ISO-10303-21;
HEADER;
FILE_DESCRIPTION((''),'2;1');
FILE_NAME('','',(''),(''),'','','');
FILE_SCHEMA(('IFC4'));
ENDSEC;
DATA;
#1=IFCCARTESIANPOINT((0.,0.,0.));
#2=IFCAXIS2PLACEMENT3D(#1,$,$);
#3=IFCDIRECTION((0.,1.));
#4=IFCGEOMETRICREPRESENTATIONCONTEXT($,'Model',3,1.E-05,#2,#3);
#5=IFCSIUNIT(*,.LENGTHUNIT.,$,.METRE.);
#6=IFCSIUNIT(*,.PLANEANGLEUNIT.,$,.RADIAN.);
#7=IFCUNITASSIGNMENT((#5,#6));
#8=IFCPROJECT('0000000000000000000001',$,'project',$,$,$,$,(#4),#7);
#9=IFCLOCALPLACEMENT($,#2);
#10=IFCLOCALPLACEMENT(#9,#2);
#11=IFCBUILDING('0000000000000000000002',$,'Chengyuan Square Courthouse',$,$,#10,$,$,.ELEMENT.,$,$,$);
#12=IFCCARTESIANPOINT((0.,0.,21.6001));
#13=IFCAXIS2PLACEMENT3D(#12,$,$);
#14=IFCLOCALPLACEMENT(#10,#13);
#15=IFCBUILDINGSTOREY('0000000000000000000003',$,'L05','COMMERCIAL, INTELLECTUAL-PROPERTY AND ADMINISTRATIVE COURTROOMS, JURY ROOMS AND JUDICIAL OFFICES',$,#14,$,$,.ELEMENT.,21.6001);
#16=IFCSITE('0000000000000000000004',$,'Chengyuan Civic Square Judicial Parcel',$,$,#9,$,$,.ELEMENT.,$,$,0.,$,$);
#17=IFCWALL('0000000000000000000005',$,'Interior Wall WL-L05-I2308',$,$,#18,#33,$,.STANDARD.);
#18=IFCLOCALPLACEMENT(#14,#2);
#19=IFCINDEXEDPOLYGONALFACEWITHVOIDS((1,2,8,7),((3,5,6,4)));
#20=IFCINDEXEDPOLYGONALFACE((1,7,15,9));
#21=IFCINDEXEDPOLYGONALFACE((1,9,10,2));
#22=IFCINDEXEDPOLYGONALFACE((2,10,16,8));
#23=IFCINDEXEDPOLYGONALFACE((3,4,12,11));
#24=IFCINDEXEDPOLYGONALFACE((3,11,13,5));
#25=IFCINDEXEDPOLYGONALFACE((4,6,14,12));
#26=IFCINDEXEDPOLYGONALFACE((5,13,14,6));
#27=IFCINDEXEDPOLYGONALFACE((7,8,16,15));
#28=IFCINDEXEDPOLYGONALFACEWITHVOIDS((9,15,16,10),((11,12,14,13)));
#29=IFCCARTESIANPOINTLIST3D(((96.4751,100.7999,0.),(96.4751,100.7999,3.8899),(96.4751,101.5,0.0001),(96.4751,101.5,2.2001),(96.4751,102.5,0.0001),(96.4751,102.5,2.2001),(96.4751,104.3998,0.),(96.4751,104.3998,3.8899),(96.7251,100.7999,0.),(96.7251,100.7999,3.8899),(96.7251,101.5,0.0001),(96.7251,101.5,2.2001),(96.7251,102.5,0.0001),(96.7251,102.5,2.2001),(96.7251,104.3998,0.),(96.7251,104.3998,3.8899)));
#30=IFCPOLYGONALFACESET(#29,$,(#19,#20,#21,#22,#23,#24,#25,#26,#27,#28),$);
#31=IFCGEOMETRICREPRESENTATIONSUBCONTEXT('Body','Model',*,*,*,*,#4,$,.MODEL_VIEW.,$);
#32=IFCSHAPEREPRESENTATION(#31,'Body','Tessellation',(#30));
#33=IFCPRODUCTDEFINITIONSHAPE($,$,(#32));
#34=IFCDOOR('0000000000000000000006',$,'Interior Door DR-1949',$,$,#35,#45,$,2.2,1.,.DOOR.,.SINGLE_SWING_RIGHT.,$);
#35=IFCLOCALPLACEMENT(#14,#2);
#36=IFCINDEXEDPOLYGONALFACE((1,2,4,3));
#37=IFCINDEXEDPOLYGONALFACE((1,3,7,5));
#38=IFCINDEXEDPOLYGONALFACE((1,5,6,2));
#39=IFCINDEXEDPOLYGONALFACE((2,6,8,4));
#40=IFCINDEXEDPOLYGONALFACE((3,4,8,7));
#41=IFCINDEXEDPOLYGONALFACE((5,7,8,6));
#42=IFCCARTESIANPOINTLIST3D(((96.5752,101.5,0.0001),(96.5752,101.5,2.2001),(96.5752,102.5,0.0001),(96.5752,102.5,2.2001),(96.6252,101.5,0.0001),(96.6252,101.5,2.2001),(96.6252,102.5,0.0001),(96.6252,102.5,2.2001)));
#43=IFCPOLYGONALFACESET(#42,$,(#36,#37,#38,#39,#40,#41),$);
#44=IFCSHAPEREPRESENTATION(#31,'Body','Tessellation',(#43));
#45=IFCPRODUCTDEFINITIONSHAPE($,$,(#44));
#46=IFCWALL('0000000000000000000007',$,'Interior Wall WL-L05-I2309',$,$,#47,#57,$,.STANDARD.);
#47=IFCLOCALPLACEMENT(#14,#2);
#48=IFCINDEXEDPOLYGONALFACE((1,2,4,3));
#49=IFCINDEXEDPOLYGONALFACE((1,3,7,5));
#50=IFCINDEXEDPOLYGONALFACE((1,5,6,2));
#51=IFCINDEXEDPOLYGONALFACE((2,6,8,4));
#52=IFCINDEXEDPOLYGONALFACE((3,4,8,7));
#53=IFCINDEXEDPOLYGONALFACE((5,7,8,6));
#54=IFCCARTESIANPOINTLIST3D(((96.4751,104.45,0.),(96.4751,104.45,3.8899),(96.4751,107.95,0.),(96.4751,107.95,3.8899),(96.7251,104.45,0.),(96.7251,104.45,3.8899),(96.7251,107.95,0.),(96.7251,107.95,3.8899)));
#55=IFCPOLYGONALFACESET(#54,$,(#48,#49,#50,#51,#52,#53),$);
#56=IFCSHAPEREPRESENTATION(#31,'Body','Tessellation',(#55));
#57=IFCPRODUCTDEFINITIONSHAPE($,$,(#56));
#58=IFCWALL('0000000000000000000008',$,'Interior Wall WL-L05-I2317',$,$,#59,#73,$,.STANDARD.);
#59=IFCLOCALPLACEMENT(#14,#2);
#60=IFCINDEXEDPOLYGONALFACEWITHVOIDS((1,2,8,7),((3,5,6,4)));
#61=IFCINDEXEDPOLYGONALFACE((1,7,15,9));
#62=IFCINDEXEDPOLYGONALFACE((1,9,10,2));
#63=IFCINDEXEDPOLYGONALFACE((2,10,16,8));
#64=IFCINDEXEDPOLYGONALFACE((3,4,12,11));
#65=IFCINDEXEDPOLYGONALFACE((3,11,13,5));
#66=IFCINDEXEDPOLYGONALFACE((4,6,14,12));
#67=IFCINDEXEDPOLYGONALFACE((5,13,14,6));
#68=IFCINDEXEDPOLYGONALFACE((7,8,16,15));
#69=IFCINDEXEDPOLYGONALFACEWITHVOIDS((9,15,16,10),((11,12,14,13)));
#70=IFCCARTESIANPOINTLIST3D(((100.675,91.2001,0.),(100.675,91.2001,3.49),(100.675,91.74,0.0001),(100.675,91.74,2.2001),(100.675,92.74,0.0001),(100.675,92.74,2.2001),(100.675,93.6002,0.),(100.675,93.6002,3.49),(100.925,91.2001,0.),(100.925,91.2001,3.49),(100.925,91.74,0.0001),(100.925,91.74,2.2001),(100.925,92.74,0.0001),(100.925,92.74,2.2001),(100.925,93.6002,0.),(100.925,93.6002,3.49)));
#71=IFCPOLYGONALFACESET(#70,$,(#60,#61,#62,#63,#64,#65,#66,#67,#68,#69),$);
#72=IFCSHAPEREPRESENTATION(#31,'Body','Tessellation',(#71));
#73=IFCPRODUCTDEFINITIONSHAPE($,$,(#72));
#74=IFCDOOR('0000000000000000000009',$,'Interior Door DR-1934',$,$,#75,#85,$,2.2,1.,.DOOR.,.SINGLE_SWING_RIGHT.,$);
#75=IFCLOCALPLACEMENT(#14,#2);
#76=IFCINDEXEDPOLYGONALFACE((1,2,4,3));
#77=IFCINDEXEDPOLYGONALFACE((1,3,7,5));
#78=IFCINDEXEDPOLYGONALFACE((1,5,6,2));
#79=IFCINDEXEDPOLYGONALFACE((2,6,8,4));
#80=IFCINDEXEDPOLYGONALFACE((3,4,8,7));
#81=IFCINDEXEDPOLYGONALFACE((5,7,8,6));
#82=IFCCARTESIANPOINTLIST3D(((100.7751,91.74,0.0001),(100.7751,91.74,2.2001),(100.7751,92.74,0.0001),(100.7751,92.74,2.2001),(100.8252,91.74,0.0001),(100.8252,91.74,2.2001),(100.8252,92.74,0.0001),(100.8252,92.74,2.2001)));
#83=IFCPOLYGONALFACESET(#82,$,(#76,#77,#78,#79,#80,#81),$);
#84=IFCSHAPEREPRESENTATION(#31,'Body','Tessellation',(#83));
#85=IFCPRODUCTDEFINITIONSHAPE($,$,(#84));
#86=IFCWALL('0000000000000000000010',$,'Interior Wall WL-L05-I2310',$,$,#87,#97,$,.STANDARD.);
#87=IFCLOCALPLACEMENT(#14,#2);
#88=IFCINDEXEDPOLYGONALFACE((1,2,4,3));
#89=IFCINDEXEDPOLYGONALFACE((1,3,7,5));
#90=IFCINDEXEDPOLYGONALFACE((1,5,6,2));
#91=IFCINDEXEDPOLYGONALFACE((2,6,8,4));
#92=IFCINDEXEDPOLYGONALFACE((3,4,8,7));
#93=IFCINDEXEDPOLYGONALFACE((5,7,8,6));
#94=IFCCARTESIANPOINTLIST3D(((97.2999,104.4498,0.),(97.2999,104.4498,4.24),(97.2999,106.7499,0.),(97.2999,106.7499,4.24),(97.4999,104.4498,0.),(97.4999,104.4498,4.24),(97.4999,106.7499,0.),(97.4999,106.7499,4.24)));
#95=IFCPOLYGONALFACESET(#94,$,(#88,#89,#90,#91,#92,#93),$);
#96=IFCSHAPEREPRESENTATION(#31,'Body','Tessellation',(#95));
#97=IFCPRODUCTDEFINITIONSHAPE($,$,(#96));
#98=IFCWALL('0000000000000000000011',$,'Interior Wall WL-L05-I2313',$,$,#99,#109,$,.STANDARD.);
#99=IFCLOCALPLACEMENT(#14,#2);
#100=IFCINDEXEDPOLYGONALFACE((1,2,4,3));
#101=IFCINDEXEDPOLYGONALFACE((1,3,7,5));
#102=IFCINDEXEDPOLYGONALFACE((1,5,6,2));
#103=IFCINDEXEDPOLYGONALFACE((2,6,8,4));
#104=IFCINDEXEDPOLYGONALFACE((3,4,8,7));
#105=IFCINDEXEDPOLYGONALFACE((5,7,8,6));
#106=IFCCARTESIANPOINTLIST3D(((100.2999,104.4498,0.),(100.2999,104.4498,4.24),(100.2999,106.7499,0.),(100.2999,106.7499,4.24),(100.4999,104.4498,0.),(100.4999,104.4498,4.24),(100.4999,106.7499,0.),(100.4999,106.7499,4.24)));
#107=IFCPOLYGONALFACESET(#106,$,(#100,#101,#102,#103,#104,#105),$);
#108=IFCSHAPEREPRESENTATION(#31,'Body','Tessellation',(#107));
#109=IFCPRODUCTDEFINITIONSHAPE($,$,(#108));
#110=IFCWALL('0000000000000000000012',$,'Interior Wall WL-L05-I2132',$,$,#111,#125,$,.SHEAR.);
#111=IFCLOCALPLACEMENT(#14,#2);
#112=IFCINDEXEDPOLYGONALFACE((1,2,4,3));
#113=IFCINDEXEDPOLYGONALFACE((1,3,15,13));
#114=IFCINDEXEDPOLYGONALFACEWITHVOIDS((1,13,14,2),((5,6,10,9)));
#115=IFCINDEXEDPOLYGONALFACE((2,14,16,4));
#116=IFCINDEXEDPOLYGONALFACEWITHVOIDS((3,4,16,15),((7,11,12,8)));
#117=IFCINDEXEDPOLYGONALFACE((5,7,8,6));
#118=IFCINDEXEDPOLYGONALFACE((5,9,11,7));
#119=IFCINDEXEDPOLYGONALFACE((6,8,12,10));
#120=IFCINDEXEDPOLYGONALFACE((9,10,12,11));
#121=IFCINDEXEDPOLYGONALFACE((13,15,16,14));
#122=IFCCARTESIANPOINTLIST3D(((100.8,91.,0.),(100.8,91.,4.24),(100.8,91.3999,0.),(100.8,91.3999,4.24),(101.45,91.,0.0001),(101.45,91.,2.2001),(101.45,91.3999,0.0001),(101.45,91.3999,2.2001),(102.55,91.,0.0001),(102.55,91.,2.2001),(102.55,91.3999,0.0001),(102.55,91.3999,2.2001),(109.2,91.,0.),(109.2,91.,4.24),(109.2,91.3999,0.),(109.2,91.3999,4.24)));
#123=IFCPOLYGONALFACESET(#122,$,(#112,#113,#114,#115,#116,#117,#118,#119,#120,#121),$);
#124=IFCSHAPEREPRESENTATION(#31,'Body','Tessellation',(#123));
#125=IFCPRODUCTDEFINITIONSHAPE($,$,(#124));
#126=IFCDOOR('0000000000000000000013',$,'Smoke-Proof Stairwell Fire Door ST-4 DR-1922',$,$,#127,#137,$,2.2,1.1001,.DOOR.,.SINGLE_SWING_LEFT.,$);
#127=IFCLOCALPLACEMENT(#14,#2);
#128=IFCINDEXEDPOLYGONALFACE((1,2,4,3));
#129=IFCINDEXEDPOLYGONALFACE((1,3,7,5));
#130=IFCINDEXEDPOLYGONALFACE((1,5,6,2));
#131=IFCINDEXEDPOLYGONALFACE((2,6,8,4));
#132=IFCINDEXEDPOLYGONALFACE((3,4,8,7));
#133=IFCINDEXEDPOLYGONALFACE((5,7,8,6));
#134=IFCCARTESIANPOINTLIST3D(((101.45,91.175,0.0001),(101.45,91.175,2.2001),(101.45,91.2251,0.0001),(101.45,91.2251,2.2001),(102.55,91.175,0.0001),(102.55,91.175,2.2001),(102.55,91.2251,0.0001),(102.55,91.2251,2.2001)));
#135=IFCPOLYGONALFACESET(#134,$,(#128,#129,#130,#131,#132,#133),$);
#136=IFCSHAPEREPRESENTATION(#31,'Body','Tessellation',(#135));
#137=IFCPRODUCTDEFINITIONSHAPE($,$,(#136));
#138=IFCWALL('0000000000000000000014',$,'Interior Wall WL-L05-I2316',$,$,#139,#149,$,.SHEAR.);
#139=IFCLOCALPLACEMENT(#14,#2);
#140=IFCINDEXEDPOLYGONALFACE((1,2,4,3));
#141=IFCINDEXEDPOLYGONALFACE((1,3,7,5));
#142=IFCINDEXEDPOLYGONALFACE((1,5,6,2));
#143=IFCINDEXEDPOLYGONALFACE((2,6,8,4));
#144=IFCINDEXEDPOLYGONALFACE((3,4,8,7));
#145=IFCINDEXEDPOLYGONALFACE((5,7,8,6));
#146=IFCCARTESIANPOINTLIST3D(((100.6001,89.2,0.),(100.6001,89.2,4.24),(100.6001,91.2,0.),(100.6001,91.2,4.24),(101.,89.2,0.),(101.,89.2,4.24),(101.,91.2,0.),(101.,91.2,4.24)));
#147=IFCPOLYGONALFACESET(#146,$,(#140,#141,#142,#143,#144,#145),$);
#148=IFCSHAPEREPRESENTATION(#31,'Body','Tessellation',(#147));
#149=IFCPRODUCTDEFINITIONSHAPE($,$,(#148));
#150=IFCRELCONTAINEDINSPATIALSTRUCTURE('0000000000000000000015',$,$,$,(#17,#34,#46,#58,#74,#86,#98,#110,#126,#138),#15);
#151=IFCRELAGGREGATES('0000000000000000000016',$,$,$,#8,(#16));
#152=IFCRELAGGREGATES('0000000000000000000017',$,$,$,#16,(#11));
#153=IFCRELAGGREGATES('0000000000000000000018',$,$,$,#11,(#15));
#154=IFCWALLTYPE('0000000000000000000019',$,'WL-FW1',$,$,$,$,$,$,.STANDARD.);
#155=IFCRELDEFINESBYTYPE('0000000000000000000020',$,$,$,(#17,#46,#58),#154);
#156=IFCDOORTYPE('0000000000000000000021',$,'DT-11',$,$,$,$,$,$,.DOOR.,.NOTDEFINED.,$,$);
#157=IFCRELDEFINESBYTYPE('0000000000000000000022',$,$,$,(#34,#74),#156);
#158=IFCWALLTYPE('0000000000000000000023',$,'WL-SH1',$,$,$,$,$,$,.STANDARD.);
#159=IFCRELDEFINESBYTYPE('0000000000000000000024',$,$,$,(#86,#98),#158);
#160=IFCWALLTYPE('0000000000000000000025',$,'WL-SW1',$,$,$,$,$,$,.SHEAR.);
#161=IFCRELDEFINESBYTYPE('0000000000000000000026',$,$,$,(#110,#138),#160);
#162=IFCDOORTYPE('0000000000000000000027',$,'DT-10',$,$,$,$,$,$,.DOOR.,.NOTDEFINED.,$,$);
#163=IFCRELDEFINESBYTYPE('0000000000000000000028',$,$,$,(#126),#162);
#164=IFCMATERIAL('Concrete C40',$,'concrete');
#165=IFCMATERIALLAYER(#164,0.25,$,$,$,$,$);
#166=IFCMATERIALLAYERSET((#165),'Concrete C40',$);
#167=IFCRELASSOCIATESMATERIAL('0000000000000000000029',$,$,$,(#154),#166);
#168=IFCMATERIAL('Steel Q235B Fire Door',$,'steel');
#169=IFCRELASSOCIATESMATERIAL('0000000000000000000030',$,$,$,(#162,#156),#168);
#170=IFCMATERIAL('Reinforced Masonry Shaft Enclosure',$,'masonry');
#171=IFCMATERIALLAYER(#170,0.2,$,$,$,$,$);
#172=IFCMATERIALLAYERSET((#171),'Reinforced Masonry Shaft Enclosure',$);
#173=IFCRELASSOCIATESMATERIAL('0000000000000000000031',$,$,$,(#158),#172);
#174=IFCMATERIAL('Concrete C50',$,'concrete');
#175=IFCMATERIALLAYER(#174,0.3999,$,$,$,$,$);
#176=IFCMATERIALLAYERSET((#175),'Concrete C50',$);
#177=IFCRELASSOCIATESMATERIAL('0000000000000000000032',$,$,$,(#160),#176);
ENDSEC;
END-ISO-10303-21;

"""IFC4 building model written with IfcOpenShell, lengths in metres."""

from ifc_helpers import new_model, si_unit, direction, frame, frame_2d, origin, place, context, subcontext, project, spatial, rectangle, extrude, material, layer, layer_set, type_object, element, fill, save


model = new_model("IFC4")

# Units and contexts
model_context = context("Model", 3, precision=1e-05, world=origin(), true_north=direction((0.0, 1.0)))
body_context = subcontext(model_context, "Body", "Model", "MODEL_VIEW")
ifc_project = project(units=[si_unit("LENGTHUNIT", "METRE"), si_unit("PLANEANGLEUNIT", "RADIAN")], contexts=[model_context])

# Site, building, storey
site_placement = place(None, origin())
site = spatial("IfcSite", under=ifc_project, at=site_placement, Name="Chengyuan Civic Square Judicial Parcel", CompositionType="ELEMENT", RefElevation=0.0)
building_placement = place(site_placement, origin())
building = spatial("IfcBuilding", under=site, at=building_placement, Name="Chengyuan Square Courthouse", CompositionType="ELEMENT")
storey_placement = place(building_placement, frame((0.0, 0.0, 21.6001)))
storey = spatial("IfcBuildingStorey", under=building, at=storey_placement, Name="L05", Description="COMMERCIAL, INTELLECTUAL-PROPERTY AND ADMINISTRATIVE COURTROOMS, JURY ROOMS AND JUDICIAL OFFICES", CompositionType="ELEMENT", Elevation=21.6001)

# Shared definitions
ifc_material_1 = material(Name="Concrete C50", Category="concrete")

# Shared definitions
ifc_material_2 = material(Name="Concrete C40", Category="concrete")

# Wall, opening, door
ifc_layer_1 = layer(ifc_material_2, 0.25)
ifc_layer_set_1 = layer_set([ifc_layer_1], Name="Concrete C40")
wall_type_1 = type_object("IfcWallType", Name="WL-FW1", PredefinedType="STANDARD", material=ifc_layer_set_1)
ifc_material_3 = material(Name="Steel Q235B Fire Door", Category="steel")
door_type_1 = type_object("IfcDoorType", Name="DT-10", OperationType="NOTDEFINED", PredefinedType="DOOR", material=ifc_material_3)
wall_1_placement = place(storey_placement, frame((96.6001, 100.8, 0.0), z_axis=(0.0, 0.0, 1.0), x_axis=(0.0, 1.0, 0.0)))
wall_1 = element("IfcWall", 1, at=wall_1_placement, inside=storey, type_object=wall_type_1, Name="Interior Wall WL-L05-I2308", PredefinedType="STANDARD", context=body_context, shape_type="SweptSolid", body=[
    extrude(rectangle(XDim=3.5999, YDim=0.25, at=frame_2d((1.7998, 0.0))), origin(), (0.0, 0.0, 1.0), 3.8899),
])
opening_1_placement = place(wall_1_placement, frame((0.7, 0.0, 0.0)))
opening_1 = element("IfcOpeningElement", 2, at=opening_1_placement, cuts=wall_1, PredefinedType="OPENING", context=body_context, shape_type="SweptSolid", body=[
    extrude(rectangle(XDim=1.0, YDim=2.2, at=frame_2d((0.5, 1.1001))), frame((0.0, 0.137, 0.0), z_axis=(0.0, -1.0, 0.0), x_axis=(1.0, 0.0, 0.0)), (0.0, 0.0, 1.0), 0.2739),
])
door_type_2 = type_object("IfcDoorType", Name="DT-11", OperationType="NOTDEFINED", PredefinedType="DOOR", material=ifc_material_3)
door_1_placement = place(opening_1_placement, origin())
door_1 = element("IfcDoor", 3, at=door_1_placement, inside=storey, type_object=door_type_2, Name="Interior Door DR-1949", OperationType="SINGLE_SWING_RIGHT", OverallHeight=2.2, OverallWidth=1.0, PredefinedType="DOOR", context=body_context, shape_type="SweptSolid", body=[
    extrude(rectangle(XDim=1.0, YDim=2.2, at=frame_2d((0.5, 1.1001))), frame((0.0, 0.0249, 0.0), z_axis=(0.0, -1.0, 0.0), x_axis=(1.0, 0.0, 0.0)), (0.0, 0.0, 1.0), 0.05),
])
fill(opening_1, door_1)

# Wall
wall_2_placement = place(storey_placement, frame((96.6001, 104.45, 0.0), z_axis=(0.0, 0.0, 1.0), x_axis=(0.0, 1.0, 0.0)))
element("IfcWall", 4, at=wall_2_placement, inside=storey, type_object=wall_type_1, Name="Interior Wall WL-L05-I2309", PredefinedType="STANDARD", context=body_context, shape_type="SweptSolid", body=[
    extrude(rectangle(XDim=3.5, YDim=0.25, at=frame_2d((1.75, 0.0))), origin(), (0.0, 0.0, 1.0), 3.8899),
])

# Wall, opening, door
wall_3_placement = place(storey_placement, frame((100.8, 91.2, 0.0), z_axis=(0.0, 0.0, 1.0), x_axis=(0.0, 1.0, 0.0)))
wall_3 = element("IfcWall", 5, at=wall_3_placement, inside=storey, type_object=wall_type_1, Name="Interior Wall WL-L05-I2317", PredefinedType="STANDARD", context=body_context, shape_type="SweptSolid", body=[
    extrude(rectangle(XDim=2.4001, YDim=0.25, at=frame_2d((1.2002, 0.0))), origin(), (0.0, 0.0, 1.0), 3.49),
])
opening_2_placement = place(wall_3_placement, frame((0.54, 0.0, 0.0)))
opening_2 = element("IfcOpeningElement", 6, at=opening_2_placement, cuts=wall_3, PredefinedType="OPENING", context=body_context, shape_type="SweptSolid", body=[
    extrude(rectangle(XDim=1.0, YDim=2.2, at=frame_2d((0.5, 1.1001))), frame((0.0, 0.137, 0.0), z_axis=(0.0, -1.0, 0.0), x_axis=(1.0, 0.0, 0.0)), (0.0, 0.0, 1.0), 0.2739),
])
door_2_placement = place(opening_2_placement, origin())
door_2 = element("IfcDoor", 7, at=door_2_placement, inside=storey, type_object=door_type_2, Name="Interior Door DR-1934", OperationType="SINGLE_SWING_RIGHT", OverallHeight=2.2, OverallWidth=1.0, PredefinedType="DOOR", context=body_context, shape_type="SweptSolid", body=[
    extrude(rectangle(XDim=1.0, YDim=2.2, at=frame_2d((0.5, 1.1001))), frame((0.0, 0.0249, 0.0), z_axis=(0.0, -1.0, 0.0), x_axis=(1.0, 0.0, 0.0)), (0.0, 0.0, 1.0), 0.05),
])
fill(opening_2, door_2)

# Shared definitions
ifc_material_4 = material(Name="Reinforced Masonry Shaft Enclosure", Category="masonry")
ifc_layer_2 = layer(ifc_material_4, 0.2)
ifc_layer_set_2 = layer_set([ifc_layer_2], Name="Reinforced Masonry Shaft Enclosure")
wall_type_2 = type_object("IfcWallType", Name="WL-SH1", PredefinedType="STANDARD", material=ifc_layer_set_2)

# Walls
for number, where, z_axis, x_axis, name in (
    (8, (97.3999, 104.45, 0.0), (0.0, 0.0, 1.0), (0.0, 1.0, 0.0), "Interior Wall WL-L05-I2310"),
    (9, (100.3999, 104.45, 0.0), (0.0, 0.0, 1.0), (0.0, 1.0, 0.0), "Interior Wall WL-L05-I2313"),
):
    element("IfcWall", number, at=place(storey_placement, frame(where, z_axis=z_axis, x_axis=x_axis)), inside=storey, type_object=wall_type_2, Name=name, PredefinedType="STANDARD", context=body_context, shape_type="SweptSolid", body=[
        extrude(rectangle(XDim=2.3, YDim=0.2, at=frame_2d((1.1499, 0.0))), origin(), (0.0, 0.0, 1.0), 4.24),
    ])

# Wall, opening, door
ifc_layer_3 = layer(ifc_material_1, 0.3999)
ifc_layer_set_3 = layer_set([ifc_layer_3], Name="Concrete C50")
wall_type_3 = type_object("IfcWallType", Name="WL-SW1", PredefinedType="SHEAR", material=ifc_layer_set_3)
wall_4_placement = place(storey_placement, frame((100.8, 91.2, 0.0), z_axis=(0.0, 0.0, 1.0), x_axis=(1.0, 0.0, 0.0)))
wall_4 = element("IfcWall", 10, at=wall_4_placement, inside=storey, type_object=wall_type_3, Name="Interior Wall WL-L05-I2132", PredefinedType="SHEAR", context=body_context, shape_type="SweptSolid", body=[
    extrude(rectangle(XDim=8.3999, YDim=0.3999, at=frame_2d((4.2, 0.0))), origin(), (0.0, 0.0, 1.0), 4.24),
])
opening_3_placement = place(wall_4_placement, frame((0.6499, 0.0, 0.0)))
opening_3 = element("IfcOpeningElement", 11, at=opening_3_placement, cuts=wall_4, PredefinedType="OPENING", context=body_context, shape_type="SweptSolid", body=[
    extrude(rectangle(XDim=1.1001, YDim=2.2, at=frame_2d((0.55, 1.1001))), frame((0.0, 0.2119, 0.0), z_axis=(0.0, -1.0, 0.0), x_axis=(1.0, 0.0, 0.0)), (0.0, 0.0, 1.0), 0.4238),
])
door_3_placement = place(opening_3_placement, frame((1.1001, 0.0, 0.0), z_axis=(0.0, 0.0, 1.0), x_axis=(-1.0, 0.0, 0.0)))
door_3 = element("IfcDoor", 12, at=door_3_placement, inside=storey, type_object=door_type_1, Name="Smoke-Proof Stairwell Fire Door ST-4 DR-1922", OperationType="SINGLE_SWING_LEFT", OverallHeight=2.2, OverallWidth=1.1001, PredefinedType="DOOR", context=body_context, shape_type="SweptSolid", body=[
    extrude(rectangle(XDim=1.1001, YDim=2.2, at=frame_2d((0.55, 1.1001))), frame((0.0, 0.0249, 0.0), z_axis=(0.0, -1.0, 0.0), x_axis=(1.0, 0.0, 0.0)), (0.0, 0.0, 1.0), 0.05),
])
fill(opening_3, door_3)

# Wall
wall_5_placement = place(storey_placement, frame((100.8, 89.2, 0.0), z_axis=(0.0, 0.0, 1.0), x_axis=(0.0, 1.0, 0.0)))
element("IfcWall", 13, at=wall_5_placement, inside=storey, type_object=wall_type_3, Name="Interior Wall WL-L05-I2316", PredefinedType="SHEAR", context=body_context, shape_type="SweptSolid", body=[
    extrude(rectangle(XDim=2.0, YDim=0.3999, at=frame_2d((1.0, 0.0))), origin(), (0.0, 0.0, 1.0), 4.24),
])

save(model, "model.ifc")
